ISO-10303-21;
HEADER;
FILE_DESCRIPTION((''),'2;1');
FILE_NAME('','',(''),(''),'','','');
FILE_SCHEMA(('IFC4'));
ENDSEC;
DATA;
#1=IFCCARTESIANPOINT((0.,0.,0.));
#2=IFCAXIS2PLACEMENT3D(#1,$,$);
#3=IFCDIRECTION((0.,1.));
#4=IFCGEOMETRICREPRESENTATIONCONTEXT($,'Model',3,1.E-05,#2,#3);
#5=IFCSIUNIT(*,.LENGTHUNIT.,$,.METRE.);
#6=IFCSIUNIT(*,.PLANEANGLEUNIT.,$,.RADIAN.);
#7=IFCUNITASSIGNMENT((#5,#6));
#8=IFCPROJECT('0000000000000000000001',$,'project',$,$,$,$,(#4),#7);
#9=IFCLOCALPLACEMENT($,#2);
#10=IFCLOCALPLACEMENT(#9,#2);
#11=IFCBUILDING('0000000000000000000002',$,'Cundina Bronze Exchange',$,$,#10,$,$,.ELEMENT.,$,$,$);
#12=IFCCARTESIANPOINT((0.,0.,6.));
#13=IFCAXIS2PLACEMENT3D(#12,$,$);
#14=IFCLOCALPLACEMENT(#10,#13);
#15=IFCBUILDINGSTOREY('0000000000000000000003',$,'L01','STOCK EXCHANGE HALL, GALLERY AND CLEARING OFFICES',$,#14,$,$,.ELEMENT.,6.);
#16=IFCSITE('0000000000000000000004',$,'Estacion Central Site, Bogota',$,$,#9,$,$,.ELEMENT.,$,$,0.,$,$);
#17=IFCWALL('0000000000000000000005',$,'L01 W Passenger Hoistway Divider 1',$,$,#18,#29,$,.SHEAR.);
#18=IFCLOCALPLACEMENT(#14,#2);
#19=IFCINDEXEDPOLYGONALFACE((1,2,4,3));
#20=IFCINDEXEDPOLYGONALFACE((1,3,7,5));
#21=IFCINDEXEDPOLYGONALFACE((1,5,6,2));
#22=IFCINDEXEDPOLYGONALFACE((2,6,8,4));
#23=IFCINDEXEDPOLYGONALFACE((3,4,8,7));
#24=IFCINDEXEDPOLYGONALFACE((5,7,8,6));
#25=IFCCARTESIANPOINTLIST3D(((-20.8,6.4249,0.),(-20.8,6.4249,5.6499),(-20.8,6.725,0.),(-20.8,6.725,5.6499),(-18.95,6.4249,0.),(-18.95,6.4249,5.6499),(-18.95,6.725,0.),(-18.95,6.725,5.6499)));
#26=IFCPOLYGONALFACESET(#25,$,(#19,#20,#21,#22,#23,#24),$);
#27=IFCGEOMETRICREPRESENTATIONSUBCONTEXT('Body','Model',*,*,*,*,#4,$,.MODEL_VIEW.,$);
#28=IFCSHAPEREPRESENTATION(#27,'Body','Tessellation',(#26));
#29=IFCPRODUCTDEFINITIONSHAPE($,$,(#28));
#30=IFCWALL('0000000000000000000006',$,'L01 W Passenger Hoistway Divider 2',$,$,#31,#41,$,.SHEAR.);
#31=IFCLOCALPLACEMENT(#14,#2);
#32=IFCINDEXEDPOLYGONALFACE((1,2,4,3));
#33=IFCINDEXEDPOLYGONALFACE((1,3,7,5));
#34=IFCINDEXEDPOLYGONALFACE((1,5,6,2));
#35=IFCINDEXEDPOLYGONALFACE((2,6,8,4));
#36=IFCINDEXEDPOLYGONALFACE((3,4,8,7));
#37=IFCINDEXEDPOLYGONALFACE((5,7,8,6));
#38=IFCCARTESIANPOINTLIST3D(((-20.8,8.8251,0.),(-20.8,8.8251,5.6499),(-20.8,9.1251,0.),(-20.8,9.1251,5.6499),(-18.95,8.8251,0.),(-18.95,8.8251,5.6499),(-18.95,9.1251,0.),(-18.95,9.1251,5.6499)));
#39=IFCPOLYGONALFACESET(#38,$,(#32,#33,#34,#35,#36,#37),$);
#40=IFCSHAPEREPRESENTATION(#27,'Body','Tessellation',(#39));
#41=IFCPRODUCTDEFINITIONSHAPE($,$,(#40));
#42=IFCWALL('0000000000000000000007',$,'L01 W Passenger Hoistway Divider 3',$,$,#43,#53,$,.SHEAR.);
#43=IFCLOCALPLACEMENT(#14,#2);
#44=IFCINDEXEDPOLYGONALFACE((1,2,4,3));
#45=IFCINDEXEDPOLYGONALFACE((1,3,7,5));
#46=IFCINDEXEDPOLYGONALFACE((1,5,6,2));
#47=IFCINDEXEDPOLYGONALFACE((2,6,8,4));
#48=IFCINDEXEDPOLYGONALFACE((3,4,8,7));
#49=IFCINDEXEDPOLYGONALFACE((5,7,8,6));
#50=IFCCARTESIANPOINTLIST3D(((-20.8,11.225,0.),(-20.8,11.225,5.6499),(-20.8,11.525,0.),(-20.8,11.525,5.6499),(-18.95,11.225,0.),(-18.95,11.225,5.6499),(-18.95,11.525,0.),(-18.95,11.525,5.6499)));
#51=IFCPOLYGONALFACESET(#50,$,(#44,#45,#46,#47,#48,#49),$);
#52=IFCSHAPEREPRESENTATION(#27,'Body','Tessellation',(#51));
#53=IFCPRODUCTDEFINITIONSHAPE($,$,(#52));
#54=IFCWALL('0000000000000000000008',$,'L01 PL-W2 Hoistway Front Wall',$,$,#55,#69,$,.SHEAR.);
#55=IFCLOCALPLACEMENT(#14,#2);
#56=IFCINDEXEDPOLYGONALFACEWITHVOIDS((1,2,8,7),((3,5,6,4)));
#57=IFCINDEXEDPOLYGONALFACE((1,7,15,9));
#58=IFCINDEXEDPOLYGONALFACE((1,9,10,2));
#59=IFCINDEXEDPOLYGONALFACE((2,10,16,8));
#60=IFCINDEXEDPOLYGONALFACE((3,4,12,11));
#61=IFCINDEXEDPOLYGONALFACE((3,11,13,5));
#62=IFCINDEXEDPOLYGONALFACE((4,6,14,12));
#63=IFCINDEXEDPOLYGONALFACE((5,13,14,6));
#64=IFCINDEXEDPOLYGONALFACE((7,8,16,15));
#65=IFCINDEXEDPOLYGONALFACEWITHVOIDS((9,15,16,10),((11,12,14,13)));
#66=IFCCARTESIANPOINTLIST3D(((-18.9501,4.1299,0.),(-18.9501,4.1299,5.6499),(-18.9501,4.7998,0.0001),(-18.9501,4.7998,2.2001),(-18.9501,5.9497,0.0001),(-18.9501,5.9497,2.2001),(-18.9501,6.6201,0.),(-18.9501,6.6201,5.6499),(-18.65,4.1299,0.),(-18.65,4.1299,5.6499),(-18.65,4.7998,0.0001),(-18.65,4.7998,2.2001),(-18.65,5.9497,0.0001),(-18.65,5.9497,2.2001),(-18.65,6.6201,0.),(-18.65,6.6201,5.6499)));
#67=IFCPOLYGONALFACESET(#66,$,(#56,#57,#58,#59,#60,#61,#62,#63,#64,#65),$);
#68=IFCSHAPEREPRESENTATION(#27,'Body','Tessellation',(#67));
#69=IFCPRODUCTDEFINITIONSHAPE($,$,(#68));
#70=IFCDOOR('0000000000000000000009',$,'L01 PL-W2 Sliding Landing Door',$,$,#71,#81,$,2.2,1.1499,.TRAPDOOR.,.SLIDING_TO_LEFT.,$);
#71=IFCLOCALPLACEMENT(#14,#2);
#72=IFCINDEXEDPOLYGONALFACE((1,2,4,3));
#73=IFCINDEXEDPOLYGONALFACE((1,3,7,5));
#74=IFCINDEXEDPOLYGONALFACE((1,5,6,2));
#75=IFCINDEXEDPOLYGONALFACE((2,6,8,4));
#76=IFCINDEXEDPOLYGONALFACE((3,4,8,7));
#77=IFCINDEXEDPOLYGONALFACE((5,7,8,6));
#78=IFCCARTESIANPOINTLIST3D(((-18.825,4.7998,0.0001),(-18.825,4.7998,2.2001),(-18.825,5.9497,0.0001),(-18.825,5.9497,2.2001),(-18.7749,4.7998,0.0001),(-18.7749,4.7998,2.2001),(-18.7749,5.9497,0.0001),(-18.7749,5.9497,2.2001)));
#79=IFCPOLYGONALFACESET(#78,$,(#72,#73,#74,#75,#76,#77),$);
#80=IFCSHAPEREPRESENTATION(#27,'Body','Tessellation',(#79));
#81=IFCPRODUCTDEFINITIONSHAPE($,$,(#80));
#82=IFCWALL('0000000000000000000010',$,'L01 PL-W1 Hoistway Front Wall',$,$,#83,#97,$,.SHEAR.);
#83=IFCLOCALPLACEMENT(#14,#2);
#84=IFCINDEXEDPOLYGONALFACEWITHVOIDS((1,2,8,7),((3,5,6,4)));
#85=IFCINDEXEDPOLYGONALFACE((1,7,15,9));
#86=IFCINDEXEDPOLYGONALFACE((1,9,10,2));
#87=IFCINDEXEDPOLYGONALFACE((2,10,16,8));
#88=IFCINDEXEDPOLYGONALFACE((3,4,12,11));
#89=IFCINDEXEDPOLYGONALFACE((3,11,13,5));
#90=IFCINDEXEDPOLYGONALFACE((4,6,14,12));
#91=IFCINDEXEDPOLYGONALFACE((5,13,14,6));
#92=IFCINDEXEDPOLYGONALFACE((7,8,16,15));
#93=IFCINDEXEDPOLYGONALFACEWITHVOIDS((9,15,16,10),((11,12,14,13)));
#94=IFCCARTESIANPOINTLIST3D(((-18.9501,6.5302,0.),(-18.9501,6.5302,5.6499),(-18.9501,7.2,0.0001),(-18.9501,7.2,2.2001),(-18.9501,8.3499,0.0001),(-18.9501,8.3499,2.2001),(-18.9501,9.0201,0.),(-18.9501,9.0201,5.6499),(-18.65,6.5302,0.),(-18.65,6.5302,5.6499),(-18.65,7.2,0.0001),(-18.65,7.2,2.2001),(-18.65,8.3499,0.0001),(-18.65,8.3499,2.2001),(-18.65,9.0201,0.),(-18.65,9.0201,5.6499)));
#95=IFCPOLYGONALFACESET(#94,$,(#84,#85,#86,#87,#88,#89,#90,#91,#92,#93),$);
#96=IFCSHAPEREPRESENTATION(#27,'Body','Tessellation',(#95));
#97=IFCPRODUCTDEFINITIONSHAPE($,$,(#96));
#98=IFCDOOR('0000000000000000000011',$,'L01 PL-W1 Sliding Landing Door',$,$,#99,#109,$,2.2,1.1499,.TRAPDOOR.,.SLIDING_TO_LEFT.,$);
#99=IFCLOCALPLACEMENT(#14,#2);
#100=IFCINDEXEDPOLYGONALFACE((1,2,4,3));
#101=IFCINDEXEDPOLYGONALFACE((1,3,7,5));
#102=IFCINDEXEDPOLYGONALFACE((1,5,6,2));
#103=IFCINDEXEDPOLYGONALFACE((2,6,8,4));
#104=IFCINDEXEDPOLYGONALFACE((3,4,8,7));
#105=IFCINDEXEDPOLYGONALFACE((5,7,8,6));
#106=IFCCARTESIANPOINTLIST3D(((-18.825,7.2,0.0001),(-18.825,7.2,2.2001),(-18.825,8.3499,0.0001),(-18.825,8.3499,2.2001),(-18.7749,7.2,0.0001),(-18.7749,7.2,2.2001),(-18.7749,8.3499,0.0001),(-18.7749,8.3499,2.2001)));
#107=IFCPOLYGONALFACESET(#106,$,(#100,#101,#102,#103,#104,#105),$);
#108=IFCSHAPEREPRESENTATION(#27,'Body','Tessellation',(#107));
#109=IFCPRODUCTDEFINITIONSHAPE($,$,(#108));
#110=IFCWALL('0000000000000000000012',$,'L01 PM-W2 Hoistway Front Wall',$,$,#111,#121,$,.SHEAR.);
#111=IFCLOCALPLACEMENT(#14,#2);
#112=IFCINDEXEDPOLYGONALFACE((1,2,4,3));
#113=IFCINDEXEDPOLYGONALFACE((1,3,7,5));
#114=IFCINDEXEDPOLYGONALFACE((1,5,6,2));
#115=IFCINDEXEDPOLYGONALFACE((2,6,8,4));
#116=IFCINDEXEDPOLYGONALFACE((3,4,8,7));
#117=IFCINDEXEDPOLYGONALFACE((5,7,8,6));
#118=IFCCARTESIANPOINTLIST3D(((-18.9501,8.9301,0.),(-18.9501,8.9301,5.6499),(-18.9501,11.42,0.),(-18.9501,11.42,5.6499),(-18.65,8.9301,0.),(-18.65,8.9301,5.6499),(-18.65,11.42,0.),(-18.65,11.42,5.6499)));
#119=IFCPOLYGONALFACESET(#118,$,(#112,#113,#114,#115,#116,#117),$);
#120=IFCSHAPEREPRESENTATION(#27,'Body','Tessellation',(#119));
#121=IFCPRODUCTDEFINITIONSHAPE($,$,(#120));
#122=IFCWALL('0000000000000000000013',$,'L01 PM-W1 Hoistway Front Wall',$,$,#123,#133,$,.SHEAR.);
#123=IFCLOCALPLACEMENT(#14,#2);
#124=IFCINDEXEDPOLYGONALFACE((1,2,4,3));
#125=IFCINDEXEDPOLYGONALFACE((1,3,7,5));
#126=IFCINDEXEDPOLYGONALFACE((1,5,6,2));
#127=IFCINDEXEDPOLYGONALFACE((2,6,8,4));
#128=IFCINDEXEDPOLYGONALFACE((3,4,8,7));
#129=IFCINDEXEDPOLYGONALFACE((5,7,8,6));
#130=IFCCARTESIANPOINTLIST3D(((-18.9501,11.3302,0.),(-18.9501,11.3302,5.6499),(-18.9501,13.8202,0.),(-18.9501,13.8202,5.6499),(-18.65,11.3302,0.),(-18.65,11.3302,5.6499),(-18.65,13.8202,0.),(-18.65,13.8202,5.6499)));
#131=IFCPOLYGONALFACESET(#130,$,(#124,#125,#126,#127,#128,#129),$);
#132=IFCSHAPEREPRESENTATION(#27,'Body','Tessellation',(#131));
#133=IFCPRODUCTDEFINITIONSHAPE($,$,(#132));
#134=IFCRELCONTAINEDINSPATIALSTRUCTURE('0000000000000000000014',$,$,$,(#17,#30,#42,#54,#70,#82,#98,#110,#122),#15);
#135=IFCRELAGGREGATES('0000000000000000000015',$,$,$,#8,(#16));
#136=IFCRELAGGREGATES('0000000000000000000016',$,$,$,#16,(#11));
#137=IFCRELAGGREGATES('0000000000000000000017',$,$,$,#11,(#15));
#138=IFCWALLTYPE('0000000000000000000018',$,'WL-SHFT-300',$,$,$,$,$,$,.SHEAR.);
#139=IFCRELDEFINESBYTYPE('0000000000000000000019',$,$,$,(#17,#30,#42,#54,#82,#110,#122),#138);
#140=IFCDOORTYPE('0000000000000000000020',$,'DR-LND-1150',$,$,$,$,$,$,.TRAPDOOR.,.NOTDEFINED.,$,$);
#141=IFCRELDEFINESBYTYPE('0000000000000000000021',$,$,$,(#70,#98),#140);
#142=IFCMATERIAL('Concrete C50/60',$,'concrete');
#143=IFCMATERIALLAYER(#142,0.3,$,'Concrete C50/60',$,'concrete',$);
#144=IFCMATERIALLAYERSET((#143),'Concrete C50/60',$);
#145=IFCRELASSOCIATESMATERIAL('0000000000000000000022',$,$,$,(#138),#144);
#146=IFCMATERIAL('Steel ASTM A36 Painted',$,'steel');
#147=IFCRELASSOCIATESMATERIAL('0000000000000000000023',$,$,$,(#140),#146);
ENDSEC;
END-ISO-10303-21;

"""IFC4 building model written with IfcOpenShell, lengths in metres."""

from ifc_helpers import new_model, si_unit, direction, frame, frame_2d, origin, place, context, subcontext, project, spatial, rectangle, extrude, material, layer, layer_set, type_object, element, fill, save


model = new_model("IFC4")

# Units and contexts
model_context = context("Model", 3, precision=1e-05, world=origin(), true_north=direction((0.0, 1.0)))
body_context = subcontext(model_context, "Body", "Model", "MODEL_VIEW")
ifc_project = project(units=[si_unit("LENGTHUNIT", "METRE"), si_unit("PLANEANGLEUNIT", "RADIAN")], contexts=[model_context])

# Site, building, storey
site_placement = place(None, origin())
site = spatial("IfcSite", under=ifc_project, at=site_placement, Name="Estacion Central Site, Bogota", CompositionType="ELEMENT", RefElevation=0.0)
building_placement = place(site_placement, origin())
building = spatial("IfcBuilding", under=site, at=building_placement, Name="Cundina Bronze Exchange", CompositionType="ELEMENT")
storey_placement = place(building_placement, frame((0.0, 0.0, 6.0)))
storey = spatial("IfcBuildingStorey", under=building, at=storey_placement, Name="L01", Description="STOCK EXCHANGE HALL, GALLERY AND CLEARING OFFICES", CompositionType="ELEMENT", Elevation=6.0)

# Walls
ifc_material_1 = material(Name="Concrete C50/60", Category="concrete")
ifc_layer_1 = layer(ifc_material_1, 0.3, Name="Concrete C50/60", Category="concrete")
ifc_layer_set_1 = layer_set([ifc_layer_1], Name="Concrete C50/60")
wall_type_1 = type_object("IfcWallType", Name="WL-SHFT-300", PredefinedType="SHEAR", material=ifc_layer_set_1)
for number, where, z_axis, x_axis, name in (
    (1, (-20.8, 6.575, 0.0), (0.0, 0.0, 1.0), (1.0, 0.0, 0.0), "L01 W Passenger Hoistway Divider 1"),
    (2, (-20.8, 8.9751, 0.0), (0.0, 0.0, 1.0), (1.0, 0.0, 0.0), "L01 W Passenger Hoistway Divider 2"),
    (3, (-20.8, 11.375, 0.0), (0.0, 0.0, 1.0), (1.0, 0.0, 0.0), "L01 W Passenger Hoistway Divider 3"),
):
    element("IfcWall", number, at=place(storey_placement, frame(where, z_axis=z_axis, x_axis=x_axis)), inside=storey, type_object=wall_type_1, Name=name, PredefinedType="SHEAR", context=body_context, shape_type="SweptSolid", body=[
        extrude(rectangle(XDim=1.8501, YDim=0.3, at=frame_2d((0.925, 0.0))), origin(), (0.0, 0.0, 1.0), 5.6499),
    ])

# Walls, openings, doors
wall_1_placement = place(storey_placement, frame((-18.8, 4.1299, 0.0), z_axis=(0.0, 0.0, 1.0), x_axis=(0.0, 1.0, 0.0)))
wall_1 = element("IfcWall", 4, at=wall_1_placement, inside=storey, type_object=wall_type_1, Name="L01 PL-W2 Hoistway Front Wall", PredefinedType="SHEAR", context=body_context, shape_type="SweptSolid", body=[
    extrude(rectangle(XDim=2.4902, YDim=0.3, at=frame_2d((1.2451, 0.0))), origin(), (0.0, 0.0, 1.0), 5.6499),
])
opening_1_placement = place(wall_1_placement, frame((0.6699, 0.0, 0.0)))
opening_1 = element("IfcOpeningElement", 5, at=opening_1_placement, cuts=wall_1, PredefinedType="OPENING", context=body_context, shape_type="SweptSolid", body=[
    extrude(rectangle(XDim=1.1499, YDim=2.2, at=frame_2d((0.575, 1.1001))), frame((0.0, 0.1599, 0.0), z_axis=(0.0, -1.0, 0.0), x_axis=(1.0, 0.0, 0.0)), (0.0, 0.0, 1.0), 0.3201),
])
ifc_material_2 = material(Name="Steel ASTM A36 Painted", Category="steel")
door_type = type_object("IfcDoorType", Name="DR-LND-1150", OperationType="NOTDEFINED", PredefinedType="TRAPDOOR", material=ifc_material_2)
door_1_placement = place(opening_1_placement, origin())
door_1 = element("IfcDoor", 6, at=door_1_placement, inside=storey, type_object=door_type, Name="L01 PL-W2 Sliding Landing Door", OperationType="SLIDING_TO_LEFT", OverallHeight=2.2, OverallWidth=1.1499, PredefinedType="TRAPDOOR", context=body_context, shape_type="SweptSolid", body=[
    extrude(rectangle(XDim=1.1499, YDim=2.2, at=frame_2d((0.575, 1.1001))), frame((0.0, 0.0249, 0.0), z_axis=(0.0, -1.0, 0.0), x_axis=(1.0, 0.0, 0.0)), (0.0, 0.0, 1.0), 0.05),
])
fill(opening_1, door_1)
wall_2_placement = place(storey_placement, frame((-18.8, 6.53, 0.0), z_axis=(0.0, 0.0, 1.0), x_axis=(0.0, 1.0, 0.0)))
wall_2 = element("IfcWall", 7, at=wall_2_placement, inside=storey, type_object=wall_type_1, Name="L01 PL-W1 Hoistway Front Wall", PredefinedType="SHEAR", context=body_context, shape_type="SweptSolid", body=[
    extrude(rectangle(XDim=2.49, YDim=0.3, at=frame_2d((1.2451, 0.0))), origin(), (0.0, 0.0, 1.0), 5.6499),
])
opening_2_placement = place(wall_2_placement, frame((0.6699, 0.0, 0.0)))
opening_2 = element("IfcOpeningElement", 8, at=opening_2_placement, cuts=wall_2, PredefinedType="OPENING", context=body_context, shape_type="SweptSolid", body=[
    extrude(rectangle(XDim=1.1499, YDim=2.2, at=frame_2d((0.575, 1.1001))), frame((0.0, 0.1599, 0.0), z_axis=(0.0, -1.0, 0.0), x_axis=(1.0, 0.0, 0.0)), (0.0, 0.0, 1.0), 0.3201),
])
door_2_placement = place(opening_2_placement, origin())
door_2 = element("IfcDoor", 9, at=door_2_placement, inside=storey, type_object=door_type, Name="L01 PL-W1 Sliding Landing Door", OperationType="SLIDING_TO_LEFT", OverallHeight=2.2, OverallWidth=1.1499, PredefinedType="TRAPDOOR", context=body_context, shape_type="SweptSolid", body=[
    extrude(rectangle(XDim=1.1499, YDim=2.2, at=frame_2d((0.575, 1.1001))), frame((0.0, 0.0249, 0.0), z_axis=(0.0, -1.0, 0.0), x_axis=(1.0, 0.0, 0.0)), (0.0, 0.0, 1.0), 0.05),
])
fill(opening_2, door_2)

# Walls
for number, where, z_axis, x_axis, name in (
    (10, (-18.8, 8.9299, 0.0), (0.0, 0.0, 1.0), (0.0, 1.0, 0.0), "L01 PM-W2 Hoistway Front Wall"),
    (11, (-18.8, 11.3301, 0.0), (0.0, 0.0, 1.0), (0.0, 1.0, 0.0), "L01 PM-W1 Hoistway Front Wall"),
):
    element("IfcWall", number, at=place(storey_placement, frame(where, z_axis=z_axis, x_axis=x_axis)), inside=storey, type_object=wall_type_1, Name=name, PredefinedType="SHEAR", context=body_context, shape_type="SweptSolid", body=[
        extrude(rectangle(XDim=2.49, YDim=0.3, at=frame_2d((1.2451, 0.0))), origin(), (0.0, 0.0, 1.0), 5.6499),
    ])

save(model, "model.ifc")
